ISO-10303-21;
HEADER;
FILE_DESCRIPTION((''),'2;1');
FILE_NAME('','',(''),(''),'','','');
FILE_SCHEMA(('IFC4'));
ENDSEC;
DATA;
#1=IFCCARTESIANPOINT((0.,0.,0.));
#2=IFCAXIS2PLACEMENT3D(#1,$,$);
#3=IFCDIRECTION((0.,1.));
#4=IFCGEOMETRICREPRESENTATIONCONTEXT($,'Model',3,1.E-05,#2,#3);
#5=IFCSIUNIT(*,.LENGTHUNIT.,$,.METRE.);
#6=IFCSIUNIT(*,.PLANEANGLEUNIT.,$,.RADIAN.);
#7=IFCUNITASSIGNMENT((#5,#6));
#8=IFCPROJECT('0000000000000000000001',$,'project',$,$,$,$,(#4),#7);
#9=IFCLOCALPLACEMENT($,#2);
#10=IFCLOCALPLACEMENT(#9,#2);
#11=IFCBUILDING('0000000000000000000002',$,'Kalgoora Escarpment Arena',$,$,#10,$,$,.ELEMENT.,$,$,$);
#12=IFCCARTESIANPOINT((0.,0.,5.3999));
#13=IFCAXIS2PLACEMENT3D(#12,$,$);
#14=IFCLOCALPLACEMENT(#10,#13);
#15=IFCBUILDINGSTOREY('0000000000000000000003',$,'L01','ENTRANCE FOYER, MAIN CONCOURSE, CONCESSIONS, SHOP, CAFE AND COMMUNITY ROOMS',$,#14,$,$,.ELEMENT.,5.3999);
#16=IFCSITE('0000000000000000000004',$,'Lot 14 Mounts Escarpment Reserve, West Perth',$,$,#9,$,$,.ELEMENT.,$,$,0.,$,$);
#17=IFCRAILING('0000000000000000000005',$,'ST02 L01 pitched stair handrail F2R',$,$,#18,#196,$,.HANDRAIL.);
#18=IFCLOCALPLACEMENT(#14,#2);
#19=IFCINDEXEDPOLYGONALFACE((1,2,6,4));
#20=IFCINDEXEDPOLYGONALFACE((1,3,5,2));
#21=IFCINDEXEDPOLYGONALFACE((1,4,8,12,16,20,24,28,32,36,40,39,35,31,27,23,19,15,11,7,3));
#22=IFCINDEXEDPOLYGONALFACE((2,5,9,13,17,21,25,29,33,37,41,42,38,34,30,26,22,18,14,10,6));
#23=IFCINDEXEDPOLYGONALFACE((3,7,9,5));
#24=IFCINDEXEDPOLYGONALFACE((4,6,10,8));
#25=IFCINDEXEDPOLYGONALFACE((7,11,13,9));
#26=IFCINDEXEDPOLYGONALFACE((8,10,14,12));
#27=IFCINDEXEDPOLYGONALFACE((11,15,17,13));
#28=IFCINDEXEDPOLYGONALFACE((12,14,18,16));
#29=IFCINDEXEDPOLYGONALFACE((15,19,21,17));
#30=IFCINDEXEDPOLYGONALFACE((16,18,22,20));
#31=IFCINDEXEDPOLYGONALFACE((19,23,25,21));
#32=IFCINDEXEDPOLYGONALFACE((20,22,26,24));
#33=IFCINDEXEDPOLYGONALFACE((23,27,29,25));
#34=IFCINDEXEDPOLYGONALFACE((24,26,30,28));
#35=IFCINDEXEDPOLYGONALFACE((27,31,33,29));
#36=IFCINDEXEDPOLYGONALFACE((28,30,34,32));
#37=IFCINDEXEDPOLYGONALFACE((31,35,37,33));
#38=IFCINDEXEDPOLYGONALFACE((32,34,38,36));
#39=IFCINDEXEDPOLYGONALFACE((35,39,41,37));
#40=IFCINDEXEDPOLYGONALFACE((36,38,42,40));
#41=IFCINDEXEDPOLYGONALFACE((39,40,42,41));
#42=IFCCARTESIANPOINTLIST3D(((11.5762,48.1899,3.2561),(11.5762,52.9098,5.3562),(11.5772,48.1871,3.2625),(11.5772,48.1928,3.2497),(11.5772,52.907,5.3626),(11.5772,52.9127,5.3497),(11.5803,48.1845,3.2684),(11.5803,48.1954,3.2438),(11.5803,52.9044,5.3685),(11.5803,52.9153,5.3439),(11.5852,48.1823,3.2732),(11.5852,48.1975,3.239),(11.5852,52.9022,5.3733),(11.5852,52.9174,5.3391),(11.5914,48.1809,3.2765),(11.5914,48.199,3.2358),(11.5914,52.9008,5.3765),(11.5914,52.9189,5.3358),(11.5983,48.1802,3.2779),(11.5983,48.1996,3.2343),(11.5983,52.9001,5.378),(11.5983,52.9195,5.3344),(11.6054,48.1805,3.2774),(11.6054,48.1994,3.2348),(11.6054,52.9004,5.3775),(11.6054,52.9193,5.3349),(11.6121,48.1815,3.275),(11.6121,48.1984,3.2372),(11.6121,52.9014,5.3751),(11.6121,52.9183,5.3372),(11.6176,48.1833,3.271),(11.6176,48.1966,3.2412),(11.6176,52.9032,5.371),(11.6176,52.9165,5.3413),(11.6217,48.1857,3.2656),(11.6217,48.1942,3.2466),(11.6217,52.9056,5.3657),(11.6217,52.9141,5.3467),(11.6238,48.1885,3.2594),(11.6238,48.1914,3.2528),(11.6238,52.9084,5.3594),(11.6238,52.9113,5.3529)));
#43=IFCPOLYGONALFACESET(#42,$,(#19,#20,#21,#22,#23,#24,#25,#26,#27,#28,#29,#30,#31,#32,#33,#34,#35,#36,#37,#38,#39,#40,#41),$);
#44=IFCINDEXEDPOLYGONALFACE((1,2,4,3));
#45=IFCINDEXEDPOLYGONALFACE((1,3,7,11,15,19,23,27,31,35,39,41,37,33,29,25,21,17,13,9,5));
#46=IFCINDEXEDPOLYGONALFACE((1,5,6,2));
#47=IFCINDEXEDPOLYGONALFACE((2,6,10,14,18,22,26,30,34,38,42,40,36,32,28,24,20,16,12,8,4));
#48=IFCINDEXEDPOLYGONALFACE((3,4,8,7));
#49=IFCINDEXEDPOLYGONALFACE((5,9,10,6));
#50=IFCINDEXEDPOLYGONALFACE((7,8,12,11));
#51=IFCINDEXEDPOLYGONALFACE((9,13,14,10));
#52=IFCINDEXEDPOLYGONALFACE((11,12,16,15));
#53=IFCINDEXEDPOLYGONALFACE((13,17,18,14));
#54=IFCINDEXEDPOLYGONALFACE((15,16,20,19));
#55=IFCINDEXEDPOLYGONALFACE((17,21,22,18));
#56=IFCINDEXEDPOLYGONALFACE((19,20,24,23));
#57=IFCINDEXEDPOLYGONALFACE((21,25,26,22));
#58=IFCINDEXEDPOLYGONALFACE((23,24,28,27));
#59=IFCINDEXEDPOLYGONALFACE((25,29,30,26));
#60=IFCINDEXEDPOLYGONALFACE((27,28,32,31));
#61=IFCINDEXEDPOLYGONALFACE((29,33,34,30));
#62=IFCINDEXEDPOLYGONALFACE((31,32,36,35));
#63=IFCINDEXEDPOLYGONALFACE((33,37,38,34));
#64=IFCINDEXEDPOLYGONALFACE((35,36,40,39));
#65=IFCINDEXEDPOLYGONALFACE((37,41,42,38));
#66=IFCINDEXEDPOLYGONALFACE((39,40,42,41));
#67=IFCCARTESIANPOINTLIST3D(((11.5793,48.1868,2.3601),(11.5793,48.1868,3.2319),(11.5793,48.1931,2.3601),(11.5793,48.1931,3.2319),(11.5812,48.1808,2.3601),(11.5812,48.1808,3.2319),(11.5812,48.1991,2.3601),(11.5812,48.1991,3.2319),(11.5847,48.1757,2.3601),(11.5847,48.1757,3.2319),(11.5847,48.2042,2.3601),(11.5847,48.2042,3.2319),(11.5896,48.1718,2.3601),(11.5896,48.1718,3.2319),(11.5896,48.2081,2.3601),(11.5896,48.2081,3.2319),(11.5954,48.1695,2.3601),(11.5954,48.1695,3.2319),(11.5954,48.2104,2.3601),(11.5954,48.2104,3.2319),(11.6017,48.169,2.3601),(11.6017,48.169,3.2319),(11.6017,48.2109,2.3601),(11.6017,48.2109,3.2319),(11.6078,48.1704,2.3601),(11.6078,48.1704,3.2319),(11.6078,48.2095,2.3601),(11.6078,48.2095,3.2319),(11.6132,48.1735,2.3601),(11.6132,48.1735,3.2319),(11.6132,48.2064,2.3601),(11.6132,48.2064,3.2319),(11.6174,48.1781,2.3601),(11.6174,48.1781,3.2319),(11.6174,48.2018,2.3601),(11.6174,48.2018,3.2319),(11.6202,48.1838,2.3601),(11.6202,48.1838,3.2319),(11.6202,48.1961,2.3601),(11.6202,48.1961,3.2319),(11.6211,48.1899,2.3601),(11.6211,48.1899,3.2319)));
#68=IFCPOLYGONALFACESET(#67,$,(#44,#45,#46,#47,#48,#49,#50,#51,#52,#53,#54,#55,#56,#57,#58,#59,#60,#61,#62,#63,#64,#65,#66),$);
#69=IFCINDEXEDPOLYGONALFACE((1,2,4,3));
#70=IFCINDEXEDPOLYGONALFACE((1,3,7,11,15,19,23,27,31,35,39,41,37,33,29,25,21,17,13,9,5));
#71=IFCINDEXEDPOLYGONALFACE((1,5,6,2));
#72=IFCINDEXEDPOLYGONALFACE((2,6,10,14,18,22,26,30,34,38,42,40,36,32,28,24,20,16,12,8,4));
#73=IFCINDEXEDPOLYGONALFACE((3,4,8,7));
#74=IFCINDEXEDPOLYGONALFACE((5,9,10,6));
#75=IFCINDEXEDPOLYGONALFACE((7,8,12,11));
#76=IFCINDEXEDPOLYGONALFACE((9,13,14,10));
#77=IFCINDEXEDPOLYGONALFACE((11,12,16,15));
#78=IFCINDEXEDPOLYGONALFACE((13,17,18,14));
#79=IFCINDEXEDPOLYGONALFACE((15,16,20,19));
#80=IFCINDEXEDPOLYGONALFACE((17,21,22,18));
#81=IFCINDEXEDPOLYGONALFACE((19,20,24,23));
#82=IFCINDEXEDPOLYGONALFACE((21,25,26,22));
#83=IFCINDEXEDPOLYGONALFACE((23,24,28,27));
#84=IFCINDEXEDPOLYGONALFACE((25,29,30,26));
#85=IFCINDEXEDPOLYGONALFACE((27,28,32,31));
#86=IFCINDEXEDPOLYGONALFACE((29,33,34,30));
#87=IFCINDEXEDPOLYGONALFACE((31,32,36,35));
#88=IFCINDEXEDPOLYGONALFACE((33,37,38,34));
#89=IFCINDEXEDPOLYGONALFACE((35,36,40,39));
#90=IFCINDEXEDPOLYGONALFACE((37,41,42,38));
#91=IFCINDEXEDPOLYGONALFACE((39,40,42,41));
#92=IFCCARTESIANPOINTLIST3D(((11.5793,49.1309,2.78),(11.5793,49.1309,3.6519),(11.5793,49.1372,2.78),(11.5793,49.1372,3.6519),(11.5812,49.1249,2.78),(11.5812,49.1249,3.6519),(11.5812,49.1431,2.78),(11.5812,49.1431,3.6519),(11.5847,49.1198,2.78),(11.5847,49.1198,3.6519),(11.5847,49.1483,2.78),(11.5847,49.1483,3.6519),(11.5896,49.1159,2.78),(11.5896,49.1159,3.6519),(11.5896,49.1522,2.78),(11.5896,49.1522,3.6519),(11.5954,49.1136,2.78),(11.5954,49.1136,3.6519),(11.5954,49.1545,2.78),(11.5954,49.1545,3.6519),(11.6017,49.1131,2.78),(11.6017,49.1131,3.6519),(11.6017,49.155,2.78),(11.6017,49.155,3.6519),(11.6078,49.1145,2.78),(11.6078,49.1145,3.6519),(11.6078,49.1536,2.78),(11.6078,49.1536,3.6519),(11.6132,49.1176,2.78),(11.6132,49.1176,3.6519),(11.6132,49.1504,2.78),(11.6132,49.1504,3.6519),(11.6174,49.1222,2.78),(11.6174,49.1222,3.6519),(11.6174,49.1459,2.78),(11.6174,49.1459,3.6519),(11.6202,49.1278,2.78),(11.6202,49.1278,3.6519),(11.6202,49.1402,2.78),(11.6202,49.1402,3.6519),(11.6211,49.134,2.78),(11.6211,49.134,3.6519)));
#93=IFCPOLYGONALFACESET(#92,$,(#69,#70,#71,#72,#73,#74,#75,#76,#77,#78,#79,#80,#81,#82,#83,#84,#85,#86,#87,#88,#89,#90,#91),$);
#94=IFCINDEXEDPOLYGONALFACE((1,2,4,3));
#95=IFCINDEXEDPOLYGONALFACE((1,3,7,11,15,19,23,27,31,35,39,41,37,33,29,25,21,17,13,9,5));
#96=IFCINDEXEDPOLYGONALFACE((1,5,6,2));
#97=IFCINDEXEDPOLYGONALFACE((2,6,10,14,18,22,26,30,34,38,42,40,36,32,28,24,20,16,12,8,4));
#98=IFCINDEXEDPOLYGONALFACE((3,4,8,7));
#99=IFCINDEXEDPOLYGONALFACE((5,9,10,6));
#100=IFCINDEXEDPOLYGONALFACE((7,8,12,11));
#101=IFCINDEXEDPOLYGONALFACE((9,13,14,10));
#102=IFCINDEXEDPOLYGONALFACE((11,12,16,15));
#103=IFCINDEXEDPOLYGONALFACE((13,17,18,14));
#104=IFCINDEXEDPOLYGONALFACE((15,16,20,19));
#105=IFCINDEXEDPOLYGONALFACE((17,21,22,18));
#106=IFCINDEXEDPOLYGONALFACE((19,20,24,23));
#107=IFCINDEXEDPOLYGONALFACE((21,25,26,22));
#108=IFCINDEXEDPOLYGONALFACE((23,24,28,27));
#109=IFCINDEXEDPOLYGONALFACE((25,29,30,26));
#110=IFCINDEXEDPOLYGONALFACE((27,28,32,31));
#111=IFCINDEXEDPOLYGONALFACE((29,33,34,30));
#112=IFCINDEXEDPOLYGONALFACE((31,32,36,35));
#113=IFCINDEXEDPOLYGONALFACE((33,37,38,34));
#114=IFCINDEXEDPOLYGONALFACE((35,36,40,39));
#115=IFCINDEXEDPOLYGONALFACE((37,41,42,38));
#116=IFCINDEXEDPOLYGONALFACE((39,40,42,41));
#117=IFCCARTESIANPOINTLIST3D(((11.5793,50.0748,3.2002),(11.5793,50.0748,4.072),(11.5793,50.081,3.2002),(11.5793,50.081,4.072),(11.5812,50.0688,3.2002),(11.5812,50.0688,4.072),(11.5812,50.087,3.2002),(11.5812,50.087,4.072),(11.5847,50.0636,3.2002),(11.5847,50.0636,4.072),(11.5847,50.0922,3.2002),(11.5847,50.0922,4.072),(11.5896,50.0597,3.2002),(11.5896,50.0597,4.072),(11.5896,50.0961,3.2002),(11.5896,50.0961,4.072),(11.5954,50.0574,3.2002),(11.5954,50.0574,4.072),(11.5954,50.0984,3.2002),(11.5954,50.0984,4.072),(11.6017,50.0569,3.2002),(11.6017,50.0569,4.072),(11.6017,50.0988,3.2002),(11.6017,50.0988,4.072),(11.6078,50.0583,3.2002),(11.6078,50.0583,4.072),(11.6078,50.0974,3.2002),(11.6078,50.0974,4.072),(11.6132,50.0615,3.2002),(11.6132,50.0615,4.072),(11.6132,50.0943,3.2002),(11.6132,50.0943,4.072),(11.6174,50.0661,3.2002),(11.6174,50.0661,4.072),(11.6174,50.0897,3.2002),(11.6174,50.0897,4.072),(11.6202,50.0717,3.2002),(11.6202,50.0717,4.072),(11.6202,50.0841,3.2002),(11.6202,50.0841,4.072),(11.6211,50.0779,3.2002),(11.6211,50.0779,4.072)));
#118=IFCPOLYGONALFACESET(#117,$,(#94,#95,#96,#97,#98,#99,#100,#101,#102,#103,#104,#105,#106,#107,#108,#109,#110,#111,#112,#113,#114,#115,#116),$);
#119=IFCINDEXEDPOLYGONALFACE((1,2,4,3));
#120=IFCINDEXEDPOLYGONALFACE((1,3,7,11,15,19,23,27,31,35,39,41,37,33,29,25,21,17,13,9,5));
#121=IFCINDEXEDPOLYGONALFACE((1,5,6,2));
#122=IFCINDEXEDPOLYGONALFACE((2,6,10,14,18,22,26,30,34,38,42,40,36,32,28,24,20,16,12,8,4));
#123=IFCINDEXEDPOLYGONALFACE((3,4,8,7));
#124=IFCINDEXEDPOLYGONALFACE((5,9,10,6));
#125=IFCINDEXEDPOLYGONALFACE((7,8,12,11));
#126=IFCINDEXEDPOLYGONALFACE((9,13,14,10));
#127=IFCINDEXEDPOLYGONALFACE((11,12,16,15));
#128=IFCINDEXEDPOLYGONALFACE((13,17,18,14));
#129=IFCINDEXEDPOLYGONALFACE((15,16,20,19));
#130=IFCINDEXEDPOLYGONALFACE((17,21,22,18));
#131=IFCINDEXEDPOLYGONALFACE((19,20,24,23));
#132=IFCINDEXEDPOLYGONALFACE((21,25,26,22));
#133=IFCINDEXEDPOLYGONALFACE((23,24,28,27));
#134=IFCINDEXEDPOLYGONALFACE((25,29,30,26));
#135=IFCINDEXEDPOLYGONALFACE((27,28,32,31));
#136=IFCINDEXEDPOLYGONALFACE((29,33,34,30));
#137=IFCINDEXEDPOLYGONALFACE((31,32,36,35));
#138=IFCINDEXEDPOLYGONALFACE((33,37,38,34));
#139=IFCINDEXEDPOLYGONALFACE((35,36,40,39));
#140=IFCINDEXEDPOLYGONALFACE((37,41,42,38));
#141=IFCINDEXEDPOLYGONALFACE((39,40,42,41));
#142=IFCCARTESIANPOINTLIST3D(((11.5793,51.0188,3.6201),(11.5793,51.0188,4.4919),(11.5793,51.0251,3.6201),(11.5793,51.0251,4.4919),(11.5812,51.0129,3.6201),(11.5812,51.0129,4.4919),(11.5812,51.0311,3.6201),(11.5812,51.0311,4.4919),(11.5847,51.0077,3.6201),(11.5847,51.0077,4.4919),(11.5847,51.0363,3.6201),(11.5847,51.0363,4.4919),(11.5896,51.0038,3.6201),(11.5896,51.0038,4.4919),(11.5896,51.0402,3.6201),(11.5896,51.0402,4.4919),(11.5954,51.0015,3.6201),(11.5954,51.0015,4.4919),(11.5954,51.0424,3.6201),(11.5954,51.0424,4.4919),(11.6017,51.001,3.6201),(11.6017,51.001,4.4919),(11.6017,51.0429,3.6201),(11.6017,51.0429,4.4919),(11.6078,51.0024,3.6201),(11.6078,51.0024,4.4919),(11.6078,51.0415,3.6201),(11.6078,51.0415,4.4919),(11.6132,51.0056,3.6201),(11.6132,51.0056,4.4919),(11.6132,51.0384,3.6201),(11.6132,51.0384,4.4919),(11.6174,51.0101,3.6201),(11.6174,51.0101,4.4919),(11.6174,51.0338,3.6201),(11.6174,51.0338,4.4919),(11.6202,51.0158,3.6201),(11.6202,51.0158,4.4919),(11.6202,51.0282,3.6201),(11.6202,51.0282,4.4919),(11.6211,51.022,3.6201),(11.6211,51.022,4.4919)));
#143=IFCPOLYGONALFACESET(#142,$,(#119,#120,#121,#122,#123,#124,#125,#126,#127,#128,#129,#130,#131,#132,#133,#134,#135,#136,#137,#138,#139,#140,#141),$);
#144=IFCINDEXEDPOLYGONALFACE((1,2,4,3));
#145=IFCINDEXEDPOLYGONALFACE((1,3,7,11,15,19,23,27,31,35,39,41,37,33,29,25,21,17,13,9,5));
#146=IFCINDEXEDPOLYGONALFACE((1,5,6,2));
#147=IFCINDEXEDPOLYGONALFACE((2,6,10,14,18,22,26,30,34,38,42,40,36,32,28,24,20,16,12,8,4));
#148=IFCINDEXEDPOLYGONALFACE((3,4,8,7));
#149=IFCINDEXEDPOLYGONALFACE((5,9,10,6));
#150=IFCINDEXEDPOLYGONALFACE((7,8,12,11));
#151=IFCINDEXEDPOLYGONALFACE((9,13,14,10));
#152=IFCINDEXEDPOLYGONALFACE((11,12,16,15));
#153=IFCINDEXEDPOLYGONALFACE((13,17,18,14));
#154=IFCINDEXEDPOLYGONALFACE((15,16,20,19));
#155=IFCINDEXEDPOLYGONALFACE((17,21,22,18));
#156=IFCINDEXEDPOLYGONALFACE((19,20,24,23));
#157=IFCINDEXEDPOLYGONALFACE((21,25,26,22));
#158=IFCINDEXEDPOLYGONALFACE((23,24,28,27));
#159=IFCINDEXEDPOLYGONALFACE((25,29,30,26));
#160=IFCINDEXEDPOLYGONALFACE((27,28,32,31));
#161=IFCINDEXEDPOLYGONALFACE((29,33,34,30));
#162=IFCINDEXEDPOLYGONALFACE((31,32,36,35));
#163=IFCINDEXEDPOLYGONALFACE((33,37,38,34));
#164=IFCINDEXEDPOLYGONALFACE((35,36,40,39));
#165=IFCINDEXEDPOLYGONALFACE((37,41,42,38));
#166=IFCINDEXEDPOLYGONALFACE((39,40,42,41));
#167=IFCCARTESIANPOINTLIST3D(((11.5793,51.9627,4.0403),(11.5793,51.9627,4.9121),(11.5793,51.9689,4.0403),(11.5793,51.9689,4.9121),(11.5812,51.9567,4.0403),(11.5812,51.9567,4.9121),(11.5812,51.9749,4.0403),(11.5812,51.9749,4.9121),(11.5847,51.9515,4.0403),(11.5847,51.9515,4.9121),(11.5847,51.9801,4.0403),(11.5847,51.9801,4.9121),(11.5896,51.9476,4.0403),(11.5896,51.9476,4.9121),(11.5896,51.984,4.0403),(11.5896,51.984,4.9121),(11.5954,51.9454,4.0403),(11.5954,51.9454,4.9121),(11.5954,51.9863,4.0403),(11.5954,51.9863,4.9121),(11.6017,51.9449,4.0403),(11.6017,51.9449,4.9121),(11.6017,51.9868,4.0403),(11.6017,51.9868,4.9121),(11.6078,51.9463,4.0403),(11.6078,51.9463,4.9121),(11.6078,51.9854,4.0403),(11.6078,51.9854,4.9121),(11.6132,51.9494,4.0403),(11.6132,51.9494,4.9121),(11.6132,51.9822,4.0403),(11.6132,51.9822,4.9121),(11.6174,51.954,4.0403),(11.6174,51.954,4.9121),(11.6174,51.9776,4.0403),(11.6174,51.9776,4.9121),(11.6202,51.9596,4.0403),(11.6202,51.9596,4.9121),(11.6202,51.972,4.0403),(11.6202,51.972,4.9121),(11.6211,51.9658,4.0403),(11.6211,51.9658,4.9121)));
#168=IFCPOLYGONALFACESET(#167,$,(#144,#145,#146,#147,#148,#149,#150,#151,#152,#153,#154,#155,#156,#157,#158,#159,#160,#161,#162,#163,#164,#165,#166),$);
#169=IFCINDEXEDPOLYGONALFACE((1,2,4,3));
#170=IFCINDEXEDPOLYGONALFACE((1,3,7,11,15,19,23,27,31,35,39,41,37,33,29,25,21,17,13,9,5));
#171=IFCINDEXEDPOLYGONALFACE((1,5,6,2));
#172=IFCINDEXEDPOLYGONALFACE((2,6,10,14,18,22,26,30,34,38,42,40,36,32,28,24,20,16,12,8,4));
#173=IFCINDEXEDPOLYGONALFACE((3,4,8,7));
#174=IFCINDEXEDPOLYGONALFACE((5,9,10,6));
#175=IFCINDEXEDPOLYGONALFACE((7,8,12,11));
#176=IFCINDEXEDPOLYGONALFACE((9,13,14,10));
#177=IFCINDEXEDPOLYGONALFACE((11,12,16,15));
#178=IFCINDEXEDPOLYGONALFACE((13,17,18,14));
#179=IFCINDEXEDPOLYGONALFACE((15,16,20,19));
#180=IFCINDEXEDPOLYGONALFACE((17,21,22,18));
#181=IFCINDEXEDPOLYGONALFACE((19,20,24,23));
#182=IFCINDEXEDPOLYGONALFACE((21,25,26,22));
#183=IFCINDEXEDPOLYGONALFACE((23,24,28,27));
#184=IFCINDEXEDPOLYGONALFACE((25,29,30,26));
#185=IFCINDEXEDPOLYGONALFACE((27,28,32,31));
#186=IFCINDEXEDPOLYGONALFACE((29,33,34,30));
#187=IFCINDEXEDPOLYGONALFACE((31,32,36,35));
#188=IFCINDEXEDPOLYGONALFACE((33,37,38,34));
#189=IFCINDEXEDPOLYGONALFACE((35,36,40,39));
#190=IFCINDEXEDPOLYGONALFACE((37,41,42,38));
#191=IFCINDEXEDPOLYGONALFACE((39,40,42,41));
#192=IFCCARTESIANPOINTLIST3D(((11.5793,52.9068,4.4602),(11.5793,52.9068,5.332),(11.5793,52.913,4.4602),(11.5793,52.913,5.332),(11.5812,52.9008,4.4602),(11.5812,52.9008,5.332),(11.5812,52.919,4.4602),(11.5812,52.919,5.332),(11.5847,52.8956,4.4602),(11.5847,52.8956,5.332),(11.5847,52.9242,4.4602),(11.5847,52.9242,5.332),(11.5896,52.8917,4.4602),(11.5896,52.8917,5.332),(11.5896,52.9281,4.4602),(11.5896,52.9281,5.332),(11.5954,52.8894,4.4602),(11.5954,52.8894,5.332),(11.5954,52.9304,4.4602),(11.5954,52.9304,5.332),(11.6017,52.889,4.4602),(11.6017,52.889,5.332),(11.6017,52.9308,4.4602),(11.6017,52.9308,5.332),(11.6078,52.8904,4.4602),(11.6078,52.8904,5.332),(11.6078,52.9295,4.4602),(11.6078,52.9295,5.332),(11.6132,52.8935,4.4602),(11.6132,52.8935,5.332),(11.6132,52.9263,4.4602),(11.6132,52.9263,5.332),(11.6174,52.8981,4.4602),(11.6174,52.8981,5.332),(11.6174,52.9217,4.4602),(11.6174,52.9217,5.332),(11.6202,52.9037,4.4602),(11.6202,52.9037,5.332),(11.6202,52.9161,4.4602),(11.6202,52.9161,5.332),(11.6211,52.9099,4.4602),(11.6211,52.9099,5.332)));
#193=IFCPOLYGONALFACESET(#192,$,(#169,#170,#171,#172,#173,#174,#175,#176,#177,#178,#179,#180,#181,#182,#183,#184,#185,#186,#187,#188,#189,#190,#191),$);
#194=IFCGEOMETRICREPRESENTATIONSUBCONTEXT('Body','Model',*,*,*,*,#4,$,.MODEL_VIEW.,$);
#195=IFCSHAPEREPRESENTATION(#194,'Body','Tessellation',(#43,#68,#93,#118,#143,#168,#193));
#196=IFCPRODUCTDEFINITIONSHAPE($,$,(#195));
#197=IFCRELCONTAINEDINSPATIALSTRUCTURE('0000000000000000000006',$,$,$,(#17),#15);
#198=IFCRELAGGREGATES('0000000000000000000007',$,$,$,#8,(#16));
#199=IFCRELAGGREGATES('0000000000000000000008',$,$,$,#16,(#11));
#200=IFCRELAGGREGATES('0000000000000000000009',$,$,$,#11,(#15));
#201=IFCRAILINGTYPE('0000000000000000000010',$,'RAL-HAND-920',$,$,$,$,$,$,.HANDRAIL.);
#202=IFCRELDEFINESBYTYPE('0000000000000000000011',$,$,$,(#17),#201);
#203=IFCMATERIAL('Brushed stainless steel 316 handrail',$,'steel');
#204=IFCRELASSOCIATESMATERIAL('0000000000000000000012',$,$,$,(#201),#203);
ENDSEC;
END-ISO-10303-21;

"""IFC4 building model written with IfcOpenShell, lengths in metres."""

from ifc_helpers import new_model, si_unit, direction, frame, origin, origin_2d, place, context, subcontext, project, spatial, circle, extrude, material, type_object, element, save


model = new_model("IFC4")

# Units and contexts
model_context = context("Model", 3, precision=1e-05, world=origin(), true_north=direction((0.0, 1.0)))
body_context = subcontext(model_context, "Body", "Model", "MODEL_VIEW")
ifc_project = project(units=[si_unit("LENGTHUNIT", "METRE"), si_unit("PLANEANGLEUNIT", "RADIAN")], contexts=[model_context])

# Site, building, storey
site_placement = place(None, origin())
site = spatial("IfcSite", under=ifc_project, at=site_placement, Name="Lot 14 Mounts Escarpment Reserve, West Perth", CompositionType="ELEMENT", RefElevation=0.0)
building_placement = place(site_placement, origin())
building = spatial("IfcBuilding", under=site, at=building_placement, Name="Kalgoora Escarpment Arena", CompositionType="ELEMENT")
storey_placement = place(building_placement, frame((0.0, 0.0, 5.3999)))
storey = spatial("IfcBuildingStorey", under=building, at=storey_placement, Name="L01", Description="ENTRANCE FOYER, MAIN CONCOURSE, CONCESSIONS, SHOP, CAFE AND COMMUNITY ROOMS", CompositionType="ELEMENT", Elevation=5.3999)

# Railing
ifc_material_1 = material(Name="Brushed stainless steel 316 handrail", Category="steel")
railing_type_1 = type_object("IfcRailingType", Name="RAL-HAND-920", PredefinedType="HANDRAIL", material=ifc_material_1)
for number, where, name in (
    (1, (11.6001, 48.1899, 2.3601), "ST02 L01 pitched stair handrail F2R"),
):
    element("IfcRailing", number, at=place(storey_placement, frame(where)), inside=storey, type_object=railing_type_1, Name=name, PredefinedType="HANDRAIL", context=body_context, shape_type="SweptSolid", body=[
        extrude(circle(Radius=0.0239, at=origin_2d()), frame((0.0, 0.0, 0.896), z_axis=(0.0, 0.913644, 0.406516), x_axis=(-1.0, 0.0, 0.0)), (0.0, 0.0, 1.0), 5.166),
        extrude(circle(Radius=0.021, at=origin_2d()), origin(), (0.0, 0.0, 1.0), 0.8718),
        extrude(circle(Radius=0.021, at=origin_2d()), frame((0.0, 0.9441, 0.4199)), (0.0, 0.0, 1.0), 0.8718),
        extrude(circle(Radius=0.021, at=origin_2d()), frame((0.0, 1.8879, 0.8401)), (0.0, 0.0, 1.0), 0.8718),
        extrude(circle(Radius=0.021, at=origin_2d()), frame((0.0, 2.832, 1.26)), (0.0, 0.0, 1.0), 0.8718),
        extrude(circle(Radius=0.021, at=origin_2d()), frame((0.0, 3.7759, 1.6802)), (0.0, 0.0, 1.0), 0.8718),
        extrude(circle(Radius=0.021, at=origin_2d()), frame((0.0, 4.72, 2.1001)), (0.0, 0.0, 1.0), 0.8718),
    ])

save(model, "model.ifc")
